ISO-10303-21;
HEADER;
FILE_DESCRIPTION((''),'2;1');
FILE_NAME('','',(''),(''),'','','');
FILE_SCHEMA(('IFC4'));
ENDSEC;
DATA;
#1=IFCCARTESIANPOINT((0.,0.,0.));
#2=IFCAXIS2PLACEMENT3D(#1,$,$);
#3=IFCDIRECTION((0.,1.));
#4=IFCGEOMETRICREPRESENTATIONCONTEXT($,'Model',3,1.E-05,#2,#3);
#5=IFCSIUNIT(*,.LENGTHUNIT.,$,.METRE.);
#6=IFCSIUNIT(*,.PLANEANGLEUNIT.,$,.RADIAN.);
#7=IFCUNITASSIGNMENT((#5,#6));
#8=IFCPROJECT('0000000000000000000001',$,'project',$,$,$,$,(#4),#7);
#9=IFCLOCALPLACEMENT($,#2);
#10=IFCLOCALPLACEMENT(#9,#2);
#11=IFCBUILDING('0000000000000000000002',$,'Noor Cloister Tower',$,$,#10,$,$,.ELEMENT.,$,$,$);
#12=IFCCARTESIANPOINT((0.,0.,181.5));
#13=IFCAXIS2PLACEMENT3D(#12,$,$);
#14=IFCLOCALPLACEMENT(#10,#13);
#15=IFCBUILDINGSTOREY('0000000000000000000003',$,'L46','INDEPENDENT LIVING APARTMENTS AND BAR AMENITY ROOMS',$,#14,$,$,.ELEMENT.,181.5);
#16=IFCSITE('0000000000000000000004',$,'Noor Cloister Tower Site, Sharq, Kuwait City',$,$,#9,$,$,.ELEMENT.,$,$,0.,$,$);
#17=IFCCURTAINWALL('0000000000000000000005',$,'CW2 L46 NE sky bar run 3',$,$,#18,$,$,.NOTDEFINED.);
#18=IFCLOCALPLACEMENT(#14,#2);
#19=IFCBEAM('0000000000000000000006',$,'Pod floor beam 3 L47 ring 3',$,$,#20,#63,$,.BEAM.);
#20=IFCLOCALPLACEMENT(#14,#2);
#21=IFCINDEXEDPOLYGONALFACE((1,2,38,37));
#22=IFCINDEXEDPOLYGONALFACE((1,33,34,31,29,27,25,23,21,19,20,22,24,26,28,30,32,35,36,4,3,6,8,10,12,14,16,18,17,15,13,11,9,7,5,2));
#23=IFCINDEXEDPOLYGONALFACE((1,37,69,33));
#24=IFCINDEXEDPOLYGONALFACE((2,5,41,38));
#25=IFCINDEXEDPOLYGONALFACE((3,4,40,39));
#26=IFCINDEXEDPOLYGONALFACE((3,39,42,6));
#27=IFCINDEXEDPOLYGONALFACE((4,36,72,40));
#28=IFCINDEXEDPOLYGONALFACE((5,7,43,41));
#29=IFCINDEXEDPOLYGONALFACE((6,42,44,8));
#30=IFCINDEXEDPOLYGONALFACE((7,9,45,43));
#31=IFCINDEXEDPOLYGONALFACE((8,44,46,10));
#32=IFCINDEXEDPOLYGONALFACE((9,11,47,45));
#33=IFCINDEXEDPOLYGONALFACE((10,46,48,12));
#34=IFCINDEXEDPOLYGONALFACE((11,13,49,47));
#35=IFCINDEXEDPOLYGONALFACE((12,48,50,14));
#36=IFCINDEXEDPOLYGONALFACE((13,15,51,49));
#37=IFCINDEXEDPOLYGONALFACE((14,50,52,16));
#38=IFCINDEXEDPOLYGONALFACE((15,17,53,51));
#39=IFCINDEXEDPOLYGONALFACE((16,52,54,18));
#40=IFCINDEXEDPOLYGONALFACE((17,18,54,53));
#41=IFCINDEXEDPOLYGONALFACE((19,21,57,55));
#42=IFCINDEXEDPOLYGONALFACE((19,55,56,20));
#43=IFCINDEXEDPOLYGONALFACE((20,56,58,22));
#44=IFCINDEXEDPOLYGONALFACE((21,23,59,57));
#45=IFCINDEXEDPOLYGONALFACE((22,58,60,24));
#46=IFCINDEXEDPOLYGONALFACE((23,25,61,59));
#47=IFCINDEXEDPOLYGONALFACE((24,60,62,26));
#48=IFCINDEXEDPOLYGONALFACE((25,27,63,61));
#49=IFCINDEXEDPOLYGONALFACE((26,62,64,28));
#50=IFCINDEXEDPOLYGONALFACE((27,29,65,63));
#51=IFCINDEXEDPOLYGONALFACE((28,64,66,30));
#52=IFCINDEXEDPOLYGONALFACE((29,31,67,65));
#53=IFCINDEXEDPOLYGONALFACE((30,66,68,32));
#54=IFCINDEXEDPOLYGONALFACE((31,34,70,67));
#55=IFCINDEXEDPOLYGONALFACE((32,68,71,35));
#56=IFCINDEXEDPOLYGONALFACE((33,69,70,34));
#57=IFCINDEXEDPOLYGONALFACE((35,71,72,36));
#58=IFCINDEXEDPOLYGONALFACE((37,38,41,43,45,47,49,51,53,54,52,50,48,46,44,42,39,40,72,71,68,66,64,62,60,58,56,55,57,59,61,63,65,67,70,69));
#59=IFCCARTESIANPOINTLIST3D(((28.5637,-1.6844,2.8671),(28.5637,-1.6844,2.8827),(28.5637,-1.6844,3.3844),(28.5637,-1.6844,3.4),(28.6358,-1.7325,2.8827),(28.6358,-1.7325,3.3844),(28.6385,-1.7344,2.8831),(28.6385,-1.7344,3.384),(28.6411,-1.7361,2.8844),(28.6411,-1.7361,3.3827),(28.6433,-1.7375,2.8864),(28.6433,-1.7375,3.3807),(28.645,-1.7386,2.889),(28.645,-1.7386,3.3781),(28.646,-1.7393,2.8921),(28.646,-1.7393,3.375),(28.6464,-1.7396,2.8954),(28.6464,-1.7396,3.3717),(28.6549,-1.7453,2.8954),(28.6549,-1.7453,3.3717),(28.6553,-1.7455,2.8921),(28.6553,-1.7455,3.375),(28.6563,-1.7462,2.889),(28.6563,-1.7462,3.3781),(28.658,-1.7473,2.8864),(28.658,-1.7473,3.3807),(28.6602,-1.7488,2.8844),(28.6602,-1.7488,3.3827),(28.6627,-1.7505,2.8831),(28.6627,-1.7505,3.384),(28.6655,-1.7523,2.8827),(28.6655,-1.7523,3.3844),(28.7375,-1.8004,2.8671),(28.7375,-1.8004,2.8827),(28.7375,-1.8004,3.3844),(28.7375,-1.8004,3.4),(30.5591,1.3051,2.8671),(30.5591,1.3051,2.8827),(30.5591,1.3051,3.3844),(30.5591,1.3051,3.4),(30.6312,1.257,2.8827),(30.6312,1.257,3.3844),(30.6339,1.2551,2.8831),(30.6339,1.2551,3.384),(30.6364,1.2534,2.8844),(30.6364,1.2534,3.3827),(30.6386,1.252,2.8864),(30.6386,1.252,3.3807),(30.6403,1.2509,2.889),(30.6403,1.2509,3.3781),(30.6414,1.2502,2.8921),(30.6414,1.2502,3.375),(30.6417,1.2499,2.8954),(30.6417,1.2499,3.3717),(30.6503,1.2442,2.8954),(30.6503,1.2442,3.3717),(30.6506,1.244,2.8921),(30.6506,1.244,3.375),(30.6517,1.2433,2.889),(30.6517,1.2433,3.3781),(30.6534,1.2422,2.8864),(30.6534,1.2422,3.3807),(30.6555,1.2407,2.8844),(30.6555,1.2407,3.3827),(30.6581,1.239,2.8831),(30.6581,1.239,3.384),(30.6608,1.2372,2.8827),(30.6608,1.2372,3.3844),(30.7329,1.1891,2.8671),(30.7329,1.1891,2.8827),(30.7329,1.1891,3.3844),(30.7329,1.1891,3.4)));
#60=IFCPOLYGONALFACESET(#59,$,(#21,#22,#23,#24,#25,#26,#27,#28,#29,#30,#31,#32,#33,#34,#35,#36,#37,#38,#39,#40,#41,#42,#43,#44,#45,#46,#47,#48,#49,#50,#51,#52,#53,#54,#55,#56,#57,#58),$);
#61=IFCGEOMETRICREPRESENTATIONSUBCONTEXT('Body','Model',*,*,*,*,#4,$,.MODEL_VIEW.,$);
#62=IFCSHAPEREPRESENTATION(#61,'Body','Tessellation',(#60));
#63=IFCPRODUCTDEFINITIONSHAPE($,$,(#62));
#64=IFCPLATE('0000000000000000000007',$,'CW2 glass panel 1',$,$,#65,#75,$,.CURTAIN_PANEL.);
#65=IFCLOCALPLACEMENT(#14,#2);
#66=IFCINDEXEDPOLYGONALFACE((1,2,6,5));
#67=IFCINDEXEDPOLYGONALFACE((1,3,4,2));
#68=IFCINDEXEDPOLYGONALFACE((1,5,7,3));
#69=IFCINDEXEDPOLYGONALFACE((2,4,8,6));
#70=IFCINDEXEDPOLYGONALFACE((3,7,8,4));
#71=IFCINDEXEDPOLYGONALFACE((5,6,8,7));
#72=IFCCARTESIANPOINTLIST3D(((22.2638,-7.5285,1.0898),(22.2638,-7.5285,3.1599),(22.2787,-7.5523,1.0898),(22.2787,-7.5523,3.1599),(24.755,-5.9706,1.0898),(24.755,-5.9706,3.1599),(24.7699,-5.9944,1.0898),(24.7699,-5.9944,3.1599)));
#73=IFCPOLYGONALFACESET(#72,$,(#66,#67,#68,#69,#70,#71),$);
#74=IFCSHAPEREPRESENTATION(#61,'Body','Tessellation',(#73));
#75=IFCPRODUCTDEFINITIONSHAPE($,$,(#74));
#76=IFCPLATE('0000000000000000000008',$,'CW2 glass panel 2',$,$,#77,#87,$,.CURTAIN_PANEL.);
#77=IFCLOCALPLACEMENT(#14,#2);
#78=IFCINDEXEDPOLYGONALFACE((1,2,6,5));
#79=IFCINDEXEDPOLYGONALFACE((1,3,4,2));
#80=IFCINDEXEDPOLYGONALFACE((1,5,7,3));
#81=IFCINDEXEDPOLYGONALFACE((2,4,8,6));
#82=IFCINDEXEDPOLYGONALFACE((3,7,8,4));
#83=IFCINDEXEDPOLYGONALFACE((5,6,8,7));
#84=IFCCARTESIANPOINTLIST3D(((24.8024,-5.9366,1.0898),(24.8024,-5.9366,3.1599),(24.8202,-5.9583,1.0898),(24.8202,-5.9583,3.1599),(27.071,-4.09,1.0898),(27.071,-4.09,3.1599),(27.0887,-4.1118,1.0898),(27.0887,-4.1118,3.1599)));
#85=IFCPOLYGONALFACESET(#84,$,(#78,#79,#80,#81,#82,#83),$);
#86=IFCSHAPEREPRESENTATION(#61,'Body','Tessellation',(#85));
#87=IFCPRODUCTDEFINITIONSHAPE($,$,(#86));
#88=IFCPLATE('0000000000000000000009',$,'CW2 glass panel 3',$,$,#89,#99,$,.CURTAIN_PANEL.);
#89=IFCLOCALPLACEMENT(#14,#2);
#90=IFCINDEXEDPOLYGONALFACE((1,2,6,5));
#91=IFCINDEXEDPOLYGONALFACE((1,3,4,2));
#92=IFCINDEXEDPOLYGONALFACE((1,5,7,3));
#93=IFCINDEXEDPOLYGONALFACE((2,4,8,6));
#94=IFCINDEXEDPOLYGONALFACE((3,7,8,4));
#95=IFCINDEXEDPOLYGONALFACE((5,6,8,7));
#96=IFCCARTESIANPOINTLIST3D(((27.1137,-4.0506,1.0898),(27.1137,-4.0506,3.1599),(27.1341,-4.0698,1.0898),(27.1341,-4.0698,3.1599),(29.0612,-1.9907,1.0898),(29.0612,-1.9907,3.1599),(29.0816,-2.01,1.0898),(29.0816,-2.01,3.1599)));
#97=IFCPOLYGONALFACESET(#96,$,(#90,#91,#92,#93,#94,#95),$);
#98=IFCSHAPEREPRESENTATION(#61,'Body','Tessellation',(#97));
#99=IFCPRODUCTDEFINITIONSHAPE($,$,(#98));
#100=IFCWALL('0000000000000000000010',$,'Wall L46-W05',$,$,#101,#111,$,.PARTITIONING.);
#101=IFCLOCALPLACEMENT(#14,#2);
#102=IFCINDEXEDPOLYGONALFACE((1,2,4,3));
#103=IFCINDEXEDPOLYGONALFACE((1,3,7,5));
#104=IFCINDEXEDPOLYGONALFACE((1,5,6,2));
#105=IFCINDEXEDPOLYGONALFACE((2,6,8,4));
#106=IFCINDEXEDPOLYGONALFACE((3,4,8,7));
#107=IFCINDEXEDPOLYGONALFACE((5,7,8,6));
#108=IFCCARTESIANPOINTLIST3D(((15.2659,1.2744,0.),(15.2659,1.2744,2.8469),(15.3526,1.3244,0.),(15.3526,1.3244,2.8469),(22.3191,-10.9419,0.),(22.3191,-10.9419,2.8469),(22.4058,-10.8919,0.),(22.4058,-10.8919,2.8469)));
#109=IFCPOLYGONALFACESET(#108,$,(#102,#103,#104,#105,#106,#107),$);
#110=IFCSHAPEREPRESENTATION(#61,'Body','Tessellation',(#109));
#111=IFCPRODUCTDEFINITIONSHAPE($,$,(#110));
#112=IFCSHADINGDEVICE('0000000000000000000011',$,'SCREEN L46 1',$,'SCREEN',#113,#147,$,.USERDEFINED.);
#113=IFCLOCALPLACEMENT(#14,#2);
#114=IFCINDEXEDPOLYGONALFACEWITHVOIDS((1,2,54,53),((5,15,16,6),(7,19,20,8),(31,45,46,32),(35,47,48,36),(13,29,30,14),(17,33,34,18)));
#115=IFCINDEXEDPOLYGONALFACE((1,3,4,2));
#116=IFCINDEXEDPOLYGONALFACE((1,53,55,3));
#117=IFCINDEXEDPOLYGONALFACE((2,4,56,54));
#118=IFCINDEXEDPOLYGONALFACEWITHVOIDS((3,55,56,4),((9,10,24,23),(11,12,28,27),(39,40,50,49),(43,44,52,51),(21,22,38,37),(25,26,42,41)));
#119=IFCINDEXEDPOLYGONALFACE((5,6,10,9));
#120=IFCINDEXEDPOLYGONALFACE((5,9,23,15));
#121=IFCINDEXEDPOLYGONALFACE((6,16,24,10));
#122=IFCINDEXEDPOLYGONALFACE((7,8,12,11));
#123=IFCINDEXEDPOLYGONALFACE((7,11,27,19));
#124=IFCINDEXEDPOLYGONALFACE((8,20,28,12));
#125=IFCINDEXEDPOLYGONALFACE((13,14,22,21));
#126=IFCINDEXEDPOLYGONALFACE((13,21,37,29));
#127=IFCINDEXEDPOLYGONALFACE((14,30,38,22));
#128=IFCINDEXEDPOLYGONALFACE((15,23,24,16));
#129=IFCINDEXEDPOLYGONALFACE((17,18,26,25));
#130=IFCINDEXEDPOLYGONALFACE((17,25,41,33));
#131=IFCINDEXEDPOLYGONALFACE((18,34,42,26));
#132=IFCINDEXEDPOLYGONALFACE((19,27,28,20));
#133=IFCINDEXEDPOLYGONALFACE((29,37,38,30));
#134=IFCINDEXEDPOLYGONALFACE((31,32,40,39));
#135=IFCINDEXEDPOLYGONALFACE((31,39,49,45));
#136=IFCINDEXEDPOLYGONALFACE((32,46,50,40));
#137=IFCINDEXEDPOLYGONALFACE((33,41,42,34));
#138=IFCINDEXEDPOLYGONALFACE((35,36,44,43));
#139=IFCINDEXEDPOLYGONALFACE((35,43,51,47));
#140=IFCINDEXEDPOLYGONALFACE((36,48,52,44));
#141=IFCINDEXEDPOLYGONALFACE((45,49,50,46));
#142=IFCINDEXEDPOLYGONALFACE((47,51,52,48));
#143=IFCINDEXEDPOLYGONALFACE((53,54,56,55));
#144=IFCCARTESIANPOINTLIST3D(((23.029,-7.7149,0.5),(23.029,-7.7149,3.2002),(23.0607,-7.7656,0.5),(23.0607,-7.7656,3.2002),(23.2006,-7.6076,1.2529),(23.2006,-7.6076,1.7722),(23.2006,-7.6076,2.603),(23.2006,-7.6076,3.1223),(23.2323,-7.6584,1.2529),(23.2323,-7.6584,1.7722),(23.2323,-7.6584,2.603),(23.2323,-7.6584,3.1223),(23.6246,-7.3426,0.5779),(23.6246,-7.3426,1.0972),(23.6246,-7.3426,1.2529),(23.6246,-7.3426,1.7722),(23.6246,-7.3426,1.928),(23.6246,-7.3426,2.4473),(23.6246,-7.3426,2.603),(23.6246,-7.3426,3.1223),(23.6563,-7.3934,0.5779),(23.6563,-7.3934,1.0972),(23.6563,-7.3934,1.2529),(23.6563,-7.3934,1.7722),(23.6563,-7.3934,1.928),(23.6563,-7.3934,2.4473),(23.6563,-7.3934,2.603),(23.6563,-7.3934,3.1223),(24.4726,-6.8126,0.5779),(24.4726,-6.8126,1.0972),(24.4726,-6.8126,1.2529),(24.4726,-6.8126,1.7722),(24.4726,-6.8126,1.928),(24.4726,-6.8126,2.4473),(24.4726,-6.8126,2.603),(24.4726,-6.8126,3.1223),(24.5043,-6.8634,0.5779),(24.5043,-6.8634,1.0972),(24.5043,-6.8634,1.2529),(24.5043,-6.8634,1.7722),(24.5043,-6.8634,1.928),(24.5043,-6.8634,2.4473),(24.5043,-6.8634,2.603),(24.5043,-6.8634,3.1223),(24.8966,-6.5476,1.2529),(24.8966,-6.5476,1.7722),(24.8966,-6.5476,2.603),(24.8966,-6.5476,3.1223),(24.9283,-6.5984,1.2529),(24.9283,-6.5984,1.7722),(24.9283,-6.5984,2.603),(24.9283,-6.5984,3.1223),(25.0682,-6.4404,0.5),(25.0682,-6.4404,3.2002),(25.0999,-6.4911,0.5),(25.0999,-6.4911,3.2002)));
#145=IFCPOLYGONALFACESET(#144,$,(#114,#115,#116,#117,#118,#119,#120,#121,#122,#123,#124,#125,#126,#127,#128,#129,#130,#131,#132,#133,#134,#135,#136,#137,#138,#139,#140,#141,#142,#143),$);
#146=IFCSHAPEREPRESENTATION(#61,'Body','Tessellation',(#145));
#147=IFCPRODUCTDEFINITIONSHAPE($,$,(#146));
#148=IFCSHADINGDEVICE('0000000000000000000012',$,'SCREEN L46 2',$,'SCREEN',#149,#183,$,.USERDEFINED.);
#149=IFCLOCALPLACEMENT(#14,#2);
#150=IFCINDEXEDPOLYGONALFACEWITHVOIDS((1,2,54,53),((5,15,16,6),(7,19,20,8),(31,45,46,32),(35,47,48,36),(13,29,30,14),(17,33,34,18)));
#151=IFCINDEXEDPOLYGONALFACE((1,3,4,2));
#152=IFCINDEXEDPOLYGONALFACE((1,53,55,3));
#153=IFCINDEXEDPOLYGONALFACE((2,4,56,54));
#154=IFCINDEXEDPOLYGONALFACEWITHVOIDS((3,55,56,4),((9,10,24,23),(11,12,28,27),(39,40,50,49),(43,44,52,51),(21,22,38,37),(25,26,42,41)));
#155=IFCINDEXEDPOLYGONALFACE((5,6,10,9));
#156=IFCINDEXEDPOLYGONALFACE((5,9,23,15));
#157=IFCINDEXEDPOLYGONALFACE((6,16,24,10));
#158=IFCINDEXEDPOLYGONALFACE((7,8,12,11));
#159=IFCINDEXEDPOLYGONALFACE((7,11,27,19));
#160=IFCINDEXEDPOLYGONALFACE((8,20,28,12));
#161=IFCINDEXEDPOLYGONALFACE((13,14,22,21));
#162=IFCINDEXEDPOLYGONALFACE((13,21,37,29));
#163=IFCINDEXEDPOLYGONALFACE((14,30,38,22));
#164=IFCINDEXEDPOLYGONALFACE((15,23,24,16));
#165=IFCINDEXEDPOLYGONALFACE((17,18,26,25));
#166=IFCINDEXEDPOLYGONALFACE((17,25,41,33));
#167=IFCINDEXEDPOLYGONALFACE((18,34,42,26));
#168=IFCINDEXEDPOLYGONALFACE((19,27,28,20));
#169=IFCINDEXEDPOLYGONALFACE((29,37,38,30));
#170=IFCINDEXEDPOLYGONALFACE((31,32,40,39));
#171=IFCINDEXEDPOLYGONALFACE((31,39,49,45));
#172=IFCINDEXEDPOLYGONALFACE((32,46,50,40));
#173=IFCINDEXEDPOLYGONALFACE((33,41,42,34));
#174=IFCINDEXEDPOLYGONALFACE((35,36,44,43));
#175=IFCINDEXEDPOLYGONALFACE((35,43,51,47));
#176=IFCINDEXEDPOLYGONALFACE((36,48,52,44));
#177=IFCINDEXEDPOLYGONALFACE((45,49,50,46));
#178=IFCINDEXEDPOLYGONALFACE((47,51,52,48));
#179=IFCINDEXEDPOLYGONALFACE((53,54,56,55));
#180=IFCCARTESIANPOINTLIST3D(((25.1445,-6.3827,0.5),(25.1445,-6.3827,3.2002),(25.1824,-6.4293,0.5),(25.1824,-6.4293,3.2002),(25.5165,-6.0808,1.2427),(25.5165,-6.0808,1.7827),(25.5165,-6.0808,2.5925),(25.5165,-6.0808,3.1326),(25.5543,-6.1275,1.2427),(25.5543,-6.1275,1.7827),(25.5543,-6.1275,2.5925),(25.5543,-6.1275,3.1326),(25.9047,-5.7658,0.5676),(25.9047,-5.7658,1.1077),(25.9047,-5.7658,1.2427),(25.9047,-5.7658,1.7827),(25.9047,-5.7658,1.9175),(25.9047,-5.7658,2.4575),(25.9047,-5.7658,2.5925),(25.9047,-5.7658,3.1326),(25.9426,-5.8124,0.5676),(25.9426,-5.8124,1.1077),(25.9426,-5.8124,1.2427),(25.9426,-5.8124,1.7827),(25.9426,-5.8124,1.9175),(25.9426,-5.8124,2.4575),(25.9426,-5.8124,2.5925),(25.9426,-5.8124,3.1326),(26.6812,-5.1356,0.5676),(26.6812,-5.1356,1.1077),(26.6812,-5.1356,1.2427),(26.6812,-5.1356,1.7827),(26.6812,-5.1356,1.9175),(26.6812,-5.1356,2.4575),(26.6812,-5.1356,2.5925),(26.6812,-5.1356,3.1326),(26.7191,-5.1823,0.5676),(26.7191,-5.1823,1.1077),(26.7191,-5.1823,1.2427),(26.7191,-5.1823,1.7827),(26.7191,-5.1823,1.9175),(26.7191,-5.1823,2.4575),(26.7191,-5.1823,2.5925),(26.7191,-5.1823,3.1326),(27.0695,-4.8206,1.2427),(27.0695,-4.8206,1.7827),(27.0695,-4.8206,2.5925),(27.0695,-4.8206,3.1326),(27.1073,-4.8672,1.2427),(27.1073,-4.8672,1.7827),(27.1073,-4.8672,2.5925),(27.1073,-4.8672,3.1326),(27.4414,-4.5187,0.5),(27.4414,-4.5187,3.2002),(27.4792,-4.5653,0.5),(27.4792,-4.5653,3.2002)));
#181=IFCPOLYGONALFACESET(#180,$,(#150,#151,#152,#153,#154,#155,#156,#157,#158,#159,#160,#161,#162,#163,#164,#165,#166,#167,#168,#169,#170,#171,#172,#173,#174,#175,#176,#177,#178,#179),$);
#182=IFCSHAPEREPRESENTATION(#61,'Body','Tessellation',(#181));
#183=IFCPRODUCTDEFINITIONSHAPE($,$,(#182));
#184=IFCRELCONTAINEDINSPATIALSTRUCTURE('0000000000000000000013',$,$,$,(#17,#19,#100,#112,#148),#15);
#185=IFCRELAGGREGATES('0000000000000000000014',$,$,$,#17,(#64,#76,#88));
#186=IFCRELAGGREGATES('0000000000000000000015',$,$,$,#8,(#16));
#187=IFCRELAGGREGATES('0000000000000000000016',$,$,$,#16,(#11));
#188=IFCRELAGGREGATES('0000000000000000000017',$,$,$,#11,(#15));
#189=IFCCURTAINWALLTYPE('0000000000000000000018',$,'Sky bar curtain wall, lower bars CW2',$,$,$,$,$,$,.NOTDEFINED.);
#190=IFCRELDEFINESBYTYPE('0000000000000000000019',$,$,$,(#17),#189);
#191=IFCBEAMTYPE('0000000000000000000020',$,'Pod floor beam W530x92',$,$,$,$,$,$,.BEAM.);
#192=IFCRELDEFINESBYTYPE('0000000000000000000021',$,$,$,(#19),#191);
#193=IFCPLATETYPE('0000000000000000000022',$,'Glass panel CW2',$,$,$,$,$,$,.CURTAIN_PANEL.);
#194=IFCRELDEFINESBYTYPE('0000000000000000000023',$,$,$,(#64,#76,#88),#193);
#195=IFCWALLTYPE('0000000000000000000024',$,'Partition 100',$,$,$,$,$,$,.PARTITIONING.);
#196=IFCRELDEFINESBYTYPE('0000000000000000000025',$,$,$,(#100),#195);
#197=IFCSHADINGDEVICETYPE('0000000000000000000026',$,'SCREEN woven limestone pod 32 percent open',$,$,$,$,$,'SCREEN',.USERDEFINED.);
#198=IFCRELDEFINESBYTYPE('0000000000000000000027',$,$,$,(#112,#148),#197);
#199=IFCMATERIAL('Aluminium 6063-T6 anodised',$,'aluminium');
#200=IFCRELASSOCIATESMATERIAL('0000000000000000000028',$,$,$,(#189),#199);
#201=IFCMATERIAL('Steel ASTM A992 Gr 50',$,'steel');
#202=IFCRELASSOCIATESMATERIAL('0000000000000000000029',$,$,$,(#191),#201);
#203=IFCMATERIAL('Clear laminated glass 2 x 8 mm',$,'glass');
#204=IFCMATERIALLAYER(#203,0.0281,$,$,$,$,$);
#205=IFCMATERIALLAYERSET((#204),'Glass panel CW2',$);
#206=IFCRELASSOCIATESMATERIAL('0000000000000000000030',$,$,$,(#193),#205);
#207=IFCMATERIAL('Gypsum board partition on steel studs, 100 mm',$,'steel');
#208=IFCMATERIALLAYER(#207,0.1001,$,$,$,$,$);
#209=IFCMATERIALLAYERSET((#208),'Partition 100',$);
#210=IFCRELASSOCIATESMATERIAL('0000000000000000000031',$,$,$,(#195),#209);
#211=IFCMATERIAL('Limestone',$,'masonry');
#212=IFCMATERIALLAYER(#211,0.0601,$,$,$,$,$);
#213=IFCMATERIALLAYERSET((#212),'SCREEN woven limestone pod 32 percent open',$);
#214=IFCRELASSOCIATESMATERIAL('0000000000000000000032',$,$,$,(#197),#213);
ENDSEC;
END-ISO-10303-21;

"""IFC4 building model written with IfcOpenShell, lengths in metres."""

from ifc_helpers import new_model, si_unit, direction, frame, frame_2d, origin, origin_2d, place, context, subcontext, project, spatial, polyline, rectangle, i_section, outline, extrude, material, layer, layer_set, material_profile, profile_set, type_object, element, aggregate, save


model = new_model("IFC4")

# Units and contexts
model_context = context("Model", 3, precision=1e-05, world=origin(), true_north=direction((0.0, 1.0)))
body_context = subcontext(model_context, "Body", "Model", "MODEL_VIEW")
ifc_project = project(units=[si_unit("LENGTHUNIT", "METRE"), si_unit("PLANEANGLEUNIT", "RADIAN")], contexts=[model_context])

# Site, building, storey
site_placement = place(None, origin())
site = spatial("IfcSite", under=ifc_project, at=site_placement, Name="Noor Cloister Tower Site, Sharq, Kuwait City", CompositionType="ELEMENT", RefElevation=0.0)
building_placement = place(site_placement, origin())
building = spatial("IfcBuilding", under=site, at=building_placement, Name="Noor Cloister Tower", CompositionType="ELEMENT")
storey_placement = place(building_placement, frame((0.0, 0.0, 181.5)))
storey = spatial("IfcBuildingStorey", under=building, at=storey_placement, Name="L46", Description="INDEPENDENT LIVING APARTMENTS AND BAR AMENITY ROOMS", CompositionType="ELEMENT", Elevation=181.5)

# Curtain wall
ifc_material_1 = material(Name="Aluminium 6063-T6 anodised", Category="aluminium")
curtain_wall_type = type_object("IfcCurtainWallType", Name="Sky bar curtain wall, lower bars CW2", PredefinedType="NOTDEFINED", material=ifc_material_1)
curtain_wall_placement = place(storey_placement, origin())
curtain_wall = element("IfcCurtainWall", 1, at=curtain_wall_placement, inside=storey, type_object=curtain_wall_type, Name="CW2 L46 NE sky bar run 3", PredefinedType="NOTDEFINED")

# Beam
ifc_material_2 = material(Name="Steel ASTM A992 Gr 50", Category="steel")
ifc_material_profile_1 = material_profile(ifc_material_2, i_section(OverallWidth=0.209, OverallDepth=0.533, WebThickness=0.0103, FlangeThickness=0.0156, FilletRadius=0.0127, at=origin_2d()), Name="W530x92")
ifc_profile_set_1 = profile_set([ifc_material_profile_1], Name="Steel ASTM A992 Gr 50")
beam_type = type_object("IfcBeamType", Name="Pod floor beam W530x92", PredefinedType="BEAM", material=ifc_profile_set_1)
beam_1_placement = place(storey_placement, frame((28.6506, -1.7424, 3.1335), z_axis=(0.555155, 0.831747, 0.0), x_axis=(-0.831747, 0.555155, 0.0)))
element("IfcBeam", 2, at=beam_1_placement, inside=storey, type_object=beam_type, Name="Pod floor beam 3 L47 ring 3", PredefinedType="BEAM", context=body_context, shape_type="SweptSolid", body=[
    extrude(i_section(OverallWidth=0.209, OverallDepth=0.533, WebThickness=0.0103, FlangeThickness=0.0156, FilletRadius=0.0127, at=origin_2d()), origin(), (0.0, 0.0, 1.0), 3.5942),
])

# Plates
ifc_material_3 = material(Name="Clear laminated glass 2 x 8 mm", Category="glass")
ifc_layer_1 = layer(ifc_material_3, 0.0281)
ifc_layer_set_1 = layer_set([ifc_layer_1], Name="Glass panel CW2")
plate_type = type_object("IfcPlateType", Name="Glass panel CW2", PredefinedType="CURTAIN_PANEL", material=ifc_layer_set_1)
plate_1_placement = place(storey_placement, frame((23.5168, -6.7615, 1.0898), z_axis=(0.0, 0.0, 1.0), x_axis=(0.847867, 0.530209, 0.0)))
plate_1 = element("IfcPlate", 3, at=plate_1_placement, type_object=plate_type, Name="CW2 glass panel 1", PredefinedType="CURTAIN_PANEL", context=body_context, shape_type="SweptSolid", body=[
    extrude(rectangle(XDim=2.9382, YDim=0.0281, at=origin_2d()), origin(), (0.0, 0.0, 1.0), 2.0701),
])
plate_2_placement = place(storey_placement, frame((25.9456, -5.0242, 1.0898), z_axis=(0.0, 0.0, 1.0), x_axis=(0.775547, 0.63129, 0.0)))
plate_2 = element("IfcPlate", 4, at=plate_2_placement, type_object=plate_type, Name="CW2 glass panel 2", PredefinedType="CURTAIN_PANEL", context=body_context, shape_type="SweptSolid", body=[
    extrude(rectangle(XDim=2.925, YDim=0.0281, at=origin_2d()), origin(), (0.0, 0.0, 1.0), 2.0701),
])
plate_3_placement = place(storey_placement, frame((28.0977, -3.0303, 1.0898), z_axis=(0.0, 0.0, 1.0), x_axis=(0.687007, 0.726651, 0.0)))
plate_3 = element("IfcPlate", 5, at=plate_3_placement, type_object=plate_type, Name="CW2 glass panel 3", PredefinedType="CURTAIN_PANEL", context=body_context, shape_type="SweptSolid", body=[
    extrude(rectangle(XDim=2.8347, YDim=0.0281, at=origin_2d()), origin(), (0.0, 0.0, 1.0), 2.0701),
])
aggregate(curtain_wall, [plate_1, plate_2, plate_3])

# Wall
ifc_material_4 = material(Name="Gypsum board partition on steel studs, 100 mm", Category="steel")
ifc_layer_2 = layer(ifc_material_4, 0.1001)
ifc_layer_set_2 = layer_set([ifc_layer_2], Name="Partition 100")
wall_type = type_object("IfcWallType", Name="Partition 100", PredefinedType="PARTITIONING", material=ifc_layer_set_2)
wall_placement = place(storey_placement, frame((22.3625, -10.917, 0.0), z_axis=(0.0, 0.0, 1.0), x_axis=(-0.500007, 0.866021, 0.0)))
element("IfcWall", 6, at=wall_placement, inside=storey, type_object=wall_type, Name="Wall L46-W05", PredefinedType="PARTITIONING", context=body_context, shape_type="SweptSolid", body=[
    extrude(rectangle(XDim=14.1062, YDim=0.1001, at=frame_2d((7.0532, 0.0))), origin(), (0.0, 0.0, 1.0), 2.8469),
])

# Shading devices
ifc_material_5 = material(Name="Limestone", Category="masonry")
ifc_layer_3 = layer(ifc_material_5, 0.0601)
ifc_layer_set_3 = layer_set([ifc_layer_3], Name="SCREEN woven limestone pod 32 percent open")
shading_device_type = type_object("IfcShadingDeviceType", Name="SCREEN woven limestone pod 32 percent open", ElementType="SCREEN", PredefinedType="USERDEFINED", material=ifc_layer_set_3)
shading_device_1_placement = place(storey_placement, frame((24.0486, -7.0776, 1.8501), z_axis=(0.529999, -0.847998, 0.0), x_axis=(0.847998, 0.529999, 0.0)))
element("IfcShadingDevice", 7, at=shading_device_1_placement, inside=storey, type_object=shading_device_type, Name="SCREEN L46 1", ObjectType="SCREEN", PredefinedType="USERDEFINED", context=body_context, shape_type="SweptSolid", body=[
    extrude(outline(polyline([(-1.2024, -1.3501), (1.2024, -1.3501), (1.2024, 1.3501), (-1.2024, 1.3501), (-1.2024, -1.3501)]), holes=[polyline([(-0.5, -1.2722), (0.5, -1.2722), (0.5, -0.7529), (-0.5, -0.7529), (-0.5, -1.2722)]), polyline([(-1.0, -0.5972), (-0.5, -0.5972), (-0.5, -0.0779), (-1.0, -0.0779), (-1.0, -0.5972)]), polyline([(0.5, -0.5972), (1.0, -0.5972), (1.0, -0.0779), (0.5, -0.0779), (0.5, -0.5972)]), polyline([(-0.5, 0.0779), (0.5, 0.0779), (0.5, 0.5972), (-0.5, 0.5972), (-0.5, 0.0779)]), polyline([(-1.0, 0.7529), (-0.5, 0.7529), (-0.5, 1.2722), (-1.0, 1.2722), (-1.0, 0.7529)]), polyline([(0.5, 0.7529), (1.0, 0.7529), (1.0, 1.2722), (0.5, 1.2722), (0.5, 0.7529)])]), origin(), (0.0, 0.0, 1.0), 0.0598),
])
shading_device_2_placement = place(storey_placement, frame((26.293, -5.4507, 1.8501), z_axis=(0.630133, -0.776487, 0.0), x_axis=(0.776487, 0.630133, 0.0)))
element("IfcShadingDevice", 8, at=shading_device_2_placement, inside=storey, type_object=shading_device_type, Name="SCREEN L46 2", ObjectType="SCREEN", PredefinedType="USERDEFINED", context=body_context, shape_type="SweptSolid", body=[
    extrude(outline(polyline([(-1.479, -1.3501), (1.479, -1.3501), (1.479, 1.3501), (-1.479, 1.3501), (-1.479, -1.3501)]), holes=[polyline([(-0.5, -1.2825), (0.5, -1.2825), (0.5, -0.7424), (-0.5, -0.7424), (-0.5, -1.2825)]), polyline([(-1.0, -0.6074), (-0.5, -0.6074), (-0.5, -0.0674), (-1.0, -0.0674), (-1.0, -0.6074)]), polyline([(0.5, -0.6074), (1.0, -0.6074), (1.0, -0.0674), (0.5, -0.0674), (0.5, -0.6074)]), polyline([(-0.5, 0.0674), (0.5, 0.0674), (0.5, 0.6074), (-0.5, 0.6074), (-0.5, 0.0674)]), polyline([(-1.0, 0.7424), (-0.5, 0.7424), (-0.5, 1.2825), (-1.0, 1.2825), (-1.0, 0.7424)]), polyline([(0.5, 0.7424), (1.0, 0.7424), (1.0, 1.2825), (0.5, 1.2825), (0.5, 0.7424)])]), origin(), (0.0, 0.0, 1.0), 0.0601),
])

save(model, "model.ifc")
